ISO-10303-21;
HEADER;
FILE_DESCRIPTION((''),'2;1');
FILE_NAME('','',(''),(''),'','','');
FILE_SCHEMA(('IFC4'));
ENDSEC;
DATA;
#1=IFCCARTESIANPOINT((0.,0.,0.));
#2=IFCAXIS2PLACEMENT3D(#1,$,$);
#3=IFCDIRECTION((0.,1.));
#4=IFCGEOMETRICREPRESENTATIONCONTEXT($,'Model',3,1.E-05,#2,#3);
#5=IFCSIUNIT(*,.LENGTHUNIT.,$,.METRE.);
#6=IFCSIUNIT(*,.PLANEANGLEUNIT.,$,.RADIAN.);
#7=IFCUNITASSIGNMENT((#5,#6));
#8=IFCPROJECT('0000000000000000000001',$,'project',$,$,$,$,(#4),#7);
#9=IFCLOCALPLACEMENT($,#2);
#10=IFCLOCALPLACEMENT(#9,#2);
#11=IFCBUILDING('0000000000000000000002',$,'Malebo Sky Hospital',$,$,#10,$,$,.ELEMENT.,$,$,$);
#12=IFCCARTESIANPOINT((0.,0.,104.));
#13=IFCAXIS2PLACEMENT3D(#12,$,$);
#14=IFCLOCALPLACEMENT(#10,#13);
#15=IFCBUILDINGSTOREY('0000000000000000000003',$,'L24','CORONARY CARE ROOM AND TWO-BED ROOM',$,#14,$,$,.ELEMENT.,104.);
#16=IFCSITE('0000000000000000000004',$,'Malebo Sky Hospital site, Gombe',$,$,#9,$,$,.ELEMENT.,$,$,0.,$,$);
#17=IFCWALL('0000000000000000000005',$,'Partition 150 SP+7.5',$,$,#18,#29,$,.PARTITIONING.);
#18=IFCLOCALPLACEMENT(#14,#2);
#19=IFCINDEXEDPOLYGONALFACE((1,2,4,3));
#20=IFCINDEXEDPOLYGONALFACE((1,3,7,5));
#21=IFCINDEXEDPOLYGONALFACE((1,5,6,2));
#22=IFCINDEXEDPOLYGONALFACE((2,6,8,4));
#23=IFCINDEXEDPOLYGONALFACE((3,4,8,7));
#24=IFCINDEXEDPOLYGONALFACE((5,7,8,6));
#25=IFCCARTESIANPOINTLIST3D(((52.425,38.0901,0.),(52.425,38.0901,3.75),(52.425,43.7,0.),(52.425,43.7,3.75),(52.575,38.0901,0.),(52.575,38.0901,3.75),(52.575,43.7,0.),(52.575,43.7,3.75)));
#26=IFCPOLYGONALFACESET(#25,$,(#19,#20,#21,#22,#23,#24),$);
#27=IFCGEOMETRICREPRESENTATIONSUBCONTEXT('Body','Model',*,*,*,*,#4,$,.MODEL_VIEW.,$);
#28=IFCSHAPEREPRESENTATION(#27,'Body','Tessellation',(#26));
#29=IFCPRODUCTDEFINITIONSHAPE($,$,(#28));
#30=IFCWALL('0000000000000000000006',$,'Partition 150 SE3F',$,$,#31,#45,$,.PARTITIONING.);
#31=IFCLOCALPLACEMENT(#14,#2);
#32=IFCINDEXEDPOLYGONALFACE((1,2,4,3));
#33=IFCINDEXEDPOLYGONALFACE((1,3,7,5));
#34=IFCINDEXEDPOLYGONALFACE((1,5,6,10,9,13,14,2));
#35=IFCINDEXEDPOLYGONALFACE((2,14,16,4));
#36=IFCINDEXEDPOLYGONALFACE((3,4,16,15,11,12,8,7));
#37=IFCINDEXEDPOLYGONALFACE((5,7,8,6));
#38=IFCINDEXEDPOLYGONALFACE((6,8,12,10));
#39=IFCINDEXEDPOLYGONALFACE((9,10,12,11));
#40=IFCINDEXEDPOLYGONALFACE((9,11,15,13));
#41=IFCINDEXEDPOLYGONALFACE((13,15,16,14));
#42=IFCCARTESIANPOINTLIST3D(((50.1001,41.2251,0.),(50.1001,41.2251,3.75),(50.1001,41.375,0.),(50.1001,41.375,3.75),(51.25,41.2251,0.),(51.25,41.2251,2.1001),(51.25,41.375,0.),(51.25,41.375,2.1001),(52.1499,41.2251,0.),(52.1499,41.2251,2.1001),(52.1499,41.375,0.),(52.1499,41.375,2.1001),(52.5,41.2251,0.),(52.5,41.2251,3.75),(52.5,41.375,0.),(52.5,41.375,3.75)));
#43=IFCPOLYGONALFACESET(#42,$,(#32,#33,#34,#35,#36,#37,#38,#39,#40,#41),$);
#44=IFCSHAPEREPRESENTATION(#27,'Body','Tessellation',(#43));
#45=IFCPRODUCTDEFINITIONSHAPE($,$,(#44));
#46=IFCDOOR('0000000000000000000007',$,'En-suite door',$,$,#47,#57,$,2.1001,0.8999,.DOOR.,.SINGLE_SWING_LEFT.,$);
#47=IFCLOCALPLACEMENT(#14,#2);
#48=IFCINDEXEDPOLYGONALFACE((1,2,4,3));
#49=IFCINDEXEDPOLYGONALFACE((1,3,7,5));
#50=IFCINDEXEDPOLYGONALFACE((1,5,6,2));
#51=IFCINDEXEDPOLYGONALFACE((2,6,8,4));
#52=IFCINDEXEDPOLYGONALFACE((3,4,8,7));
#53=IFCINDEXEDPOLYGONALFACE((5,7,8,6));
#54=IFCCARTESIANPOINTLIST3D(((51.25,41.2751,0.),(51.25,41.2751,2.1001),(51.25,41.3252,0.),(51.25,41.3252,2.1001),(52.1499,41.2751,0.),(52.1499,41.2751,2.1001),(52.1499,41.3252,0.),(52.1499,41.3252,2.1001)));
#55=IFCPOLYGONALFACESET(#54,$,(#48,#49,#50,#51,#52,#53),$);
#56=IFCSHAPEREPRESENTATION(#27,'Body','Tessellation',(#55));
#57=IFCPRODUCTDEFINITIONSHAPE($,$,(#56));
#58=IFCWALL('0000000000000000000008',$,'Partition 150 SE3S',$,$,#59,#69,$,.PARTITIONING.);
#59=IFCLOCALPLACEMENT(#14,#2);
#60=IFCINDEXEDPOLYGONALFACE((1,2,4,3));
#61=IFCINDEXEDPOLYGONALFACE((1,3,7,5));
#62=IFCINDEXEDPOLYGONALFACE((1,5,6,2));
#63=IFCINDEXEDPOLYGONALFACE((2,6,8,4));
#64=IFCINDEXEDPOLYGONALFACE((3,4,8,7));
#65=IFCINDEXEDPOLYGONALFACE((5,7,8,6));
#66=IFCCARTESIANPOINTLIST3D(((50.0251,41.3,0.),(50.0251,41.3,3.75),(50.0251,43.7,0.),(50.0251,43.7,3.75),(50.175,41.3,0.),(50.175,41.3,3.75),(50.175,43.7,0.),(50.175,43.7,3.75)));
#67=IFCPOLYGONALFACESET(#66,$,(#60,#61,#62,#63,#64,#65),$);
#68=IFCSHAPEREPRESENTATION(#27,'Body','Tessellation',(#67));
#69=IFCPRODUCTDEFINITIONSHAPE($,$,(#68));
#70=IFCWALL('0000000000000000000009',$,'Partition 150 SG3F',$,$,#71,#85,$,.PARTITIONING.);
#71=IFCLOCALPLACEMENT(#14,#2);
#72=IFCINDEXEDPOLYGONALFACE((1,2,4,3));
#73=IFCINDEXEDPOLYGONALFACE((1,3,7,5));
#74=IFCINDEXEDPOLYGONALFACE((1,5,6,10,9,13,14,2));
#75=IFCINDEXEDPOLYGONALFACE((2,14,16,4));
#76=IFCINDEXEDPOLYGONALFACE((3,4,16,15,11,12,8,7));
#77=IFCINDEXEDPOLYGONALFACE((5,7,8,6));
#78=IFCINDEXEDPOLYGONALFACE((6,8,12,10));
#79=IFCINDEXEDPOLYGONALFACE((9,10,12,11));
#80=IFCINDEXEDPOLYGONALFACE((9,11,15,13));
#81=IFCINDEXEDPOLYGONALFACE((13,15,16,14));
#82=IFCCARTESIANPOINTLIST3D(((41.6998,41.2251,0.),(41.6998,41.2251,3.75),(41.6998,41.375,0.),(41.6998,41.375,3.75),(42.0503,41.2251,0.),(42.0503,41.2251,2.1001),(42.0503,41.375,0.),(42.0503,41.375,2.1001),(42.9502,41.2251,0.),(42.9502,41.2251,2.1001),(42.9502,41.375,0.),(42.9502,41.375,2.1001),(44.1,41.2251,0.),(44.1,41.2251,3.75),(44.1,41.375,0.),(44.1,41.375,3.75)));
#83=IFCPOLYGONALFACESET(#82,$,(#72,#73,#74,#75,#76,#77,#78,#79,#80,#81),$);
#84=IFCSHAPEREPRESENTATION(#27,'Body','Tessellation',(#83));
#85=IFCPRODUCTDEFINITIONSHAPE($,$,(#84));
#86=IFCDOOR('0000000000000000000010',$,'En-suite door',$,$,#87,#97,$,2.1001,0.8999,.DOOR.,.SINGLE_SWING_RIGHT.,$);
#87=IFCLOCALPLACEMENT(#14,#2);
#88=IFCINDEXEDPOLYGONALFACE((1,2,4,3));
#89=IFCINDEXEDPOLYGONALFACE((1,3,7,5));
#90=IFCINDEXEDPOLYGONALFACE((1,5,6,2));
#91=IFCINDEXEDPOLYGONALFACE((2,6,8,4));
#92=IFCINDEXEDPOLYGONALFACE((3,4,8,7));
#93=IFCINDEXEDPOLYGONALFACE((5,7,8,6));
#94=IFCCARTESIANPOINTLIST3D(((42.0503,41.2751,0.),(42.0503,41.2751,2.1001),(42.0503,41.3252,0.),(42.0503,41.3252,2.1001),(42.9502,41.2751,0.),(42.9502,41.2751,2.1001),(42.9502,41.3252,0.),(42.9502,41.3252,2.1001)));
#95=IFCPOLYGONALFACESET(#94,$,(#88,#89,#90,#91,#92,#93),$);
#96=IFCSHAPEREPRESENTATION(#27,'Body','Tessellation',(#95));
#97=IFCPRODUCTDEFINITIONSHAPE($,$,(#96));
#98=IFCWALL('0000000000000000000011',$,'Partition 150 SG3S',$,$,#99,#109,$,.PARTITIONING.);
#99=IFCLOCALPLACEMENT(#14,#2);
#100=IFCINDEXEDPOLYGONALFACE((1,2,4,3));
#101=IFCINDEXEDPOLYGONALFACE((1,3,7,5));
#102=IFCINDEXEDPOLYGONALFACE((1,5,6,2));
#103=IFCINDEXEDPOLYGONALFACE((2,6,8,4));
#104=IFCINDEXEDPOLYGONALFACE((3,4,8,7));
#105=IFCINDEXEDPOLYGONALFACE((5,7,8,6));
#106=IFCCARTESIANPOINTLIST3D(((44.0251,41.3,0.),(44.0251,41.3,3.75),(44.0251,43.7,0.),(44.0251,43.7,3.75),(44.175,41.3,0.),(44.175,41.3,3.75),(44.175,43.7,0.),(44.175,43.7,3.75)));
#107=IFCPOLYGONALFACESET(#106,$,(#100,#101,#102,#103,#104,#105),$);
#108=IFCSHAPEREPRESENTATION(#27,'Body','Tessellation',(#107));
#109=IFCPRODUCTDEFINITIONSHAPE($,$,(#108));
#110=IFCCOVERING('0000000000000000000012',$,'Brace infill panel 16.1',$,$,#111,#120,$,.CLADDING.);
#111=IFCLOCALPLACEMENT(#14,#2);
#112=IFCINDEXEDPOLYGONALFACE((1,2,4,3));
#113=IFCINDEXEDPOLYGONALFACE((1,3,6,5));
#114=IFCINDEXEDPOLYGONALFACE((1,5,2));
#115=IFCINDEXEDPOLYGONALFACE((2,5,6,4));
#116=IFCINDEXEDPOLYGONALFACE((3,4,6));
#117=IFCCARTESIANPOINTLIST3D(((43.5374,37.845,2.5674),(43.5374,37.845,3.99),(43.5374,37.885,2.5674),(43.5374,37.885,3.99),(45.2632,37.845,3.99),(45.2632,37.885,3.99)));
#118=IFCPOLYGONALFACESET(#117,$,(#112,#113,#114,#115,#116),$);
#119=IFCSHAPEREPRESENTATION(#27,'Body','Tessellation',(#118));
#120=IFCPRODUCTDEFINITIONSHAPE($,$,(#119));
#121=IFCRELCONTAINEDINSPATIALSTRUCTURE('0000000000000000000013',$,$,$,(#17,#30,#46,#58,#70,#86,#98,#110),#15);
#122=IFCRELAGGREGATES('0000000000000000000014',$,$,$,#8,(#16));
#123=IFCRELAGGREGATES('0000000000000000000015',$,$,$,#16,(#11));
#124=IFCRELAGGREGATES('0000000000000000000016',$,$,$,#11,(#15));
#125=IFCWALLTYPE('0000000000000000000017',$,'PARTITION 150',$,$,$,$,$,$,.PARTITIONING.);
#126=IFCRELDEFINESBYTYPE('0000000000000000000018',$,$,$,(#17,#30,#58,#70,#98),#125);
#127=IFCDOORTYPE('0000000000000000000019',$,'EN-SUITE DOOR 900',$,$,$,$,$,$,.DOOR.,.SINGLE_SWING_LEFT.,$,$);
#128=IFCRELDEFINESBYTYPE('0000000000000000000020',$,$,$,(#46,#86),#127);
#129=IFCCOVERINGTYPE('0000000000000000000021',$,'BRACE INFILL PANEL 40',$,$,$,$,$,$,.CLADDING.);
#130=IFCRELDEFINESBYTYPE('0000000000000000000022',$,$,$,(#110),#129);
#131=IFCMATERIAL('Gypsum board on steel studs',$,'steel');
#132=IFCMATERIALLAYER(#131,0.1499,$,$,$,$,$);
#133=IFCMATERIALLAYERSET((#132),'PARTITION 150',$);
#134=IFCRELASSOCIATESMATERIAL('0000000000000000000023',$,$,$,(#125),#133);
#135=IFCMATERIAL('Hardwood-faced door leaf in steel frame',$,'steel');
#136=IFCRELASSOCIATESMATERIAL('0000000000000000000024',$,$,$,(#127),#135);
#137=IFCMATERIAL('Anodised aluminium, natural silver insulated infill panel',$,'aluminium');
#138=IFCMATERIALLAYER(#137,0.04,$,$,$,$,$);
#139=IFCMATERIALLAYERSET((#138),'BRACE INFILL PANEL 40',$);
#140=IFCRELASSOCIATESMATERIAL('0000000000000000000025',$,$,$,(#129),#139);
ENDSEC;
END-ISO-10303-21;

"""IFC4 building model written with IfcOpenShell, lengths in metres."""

from ifc_helpers import new_model, si_unit, direction, frame, frame_2d, origin, place, context, subcontext, project, spatial, polyline, rectangle, outline, extrude, material, layer, layer_set, type_object, element, fill, save


model = new_model("IFC4")

# Units and contexts
model_context = context("Model", 3, precision=1e-05, world=origin(), true_north=direction((0.0, 1.0)))
body_context = subcontext(model_context, "Body", "Model", "MODEL_VIEW")
ifc_project = project(units=[si_unit("LENGTHUNIT", "METRE"), si_unit("PLANEANGLEUNIT", "RADIAN")], contexts=[model_context])

# Site, building, storey
site_placement = place(None, origin())
site = spatial("IfcSite", under=ifc_project, at=site_placement, Name="Malebo Sky Hospital site, Gombe", CompositionType="ELEMENT", RefElevation=0.0)
building_placement = place(site_placement, origin())
building = spatial("IfcBuilding", under=site, at=building_placement, Name="Malebo Sky Hospital", CompositionType="ELEMENT")
storey_placement = place(building_placement, frame((0.0, 0.0, 104.0)))
storey = spatial("IfcBuildingStorey", under=building, at=storey_placement, Name="L24", Description="CORONARY CARE ROOM AND TWO-BED ROOM", CompositionType="ELEMENT", Elevation=104.0)

# Wall
ifc_material_1 = material(Name="Gypsum board on steel studs", Category="steel")
ifc_layer_1 = layer(ifc_material_1, 0.1499)
ifc_layer_set_1 = layer_set([ifc_layer_1], Name="PARTITION 150")
wall_type = type_object("IfcWallType", Name="PARTITION 150", PredefinedType="PARTITIONING", material=ifc_layer_set_1)
wall_1_placement = place(storey_placement, frame((52.5, 43.7, 0.0), z_axis=(0.0, 0.0, 1.0), x_axis=(0.0, -1.0, 0.0)))
element("IfcWall", 1, at=wall_1_placement, inside=storey, type_object=wall_type, Name="Partition 150 SP+7.5", PredefinedType="PARTITIONING", context=body_context, shape_type="SweptSolid", body=[
    extrude(rectangle(XDim=5.6099, YDim=0.1499, at=frame_2d((2.8049, 0.0))), origin(), (0.0, 0.0, 1.0), 3.75),
])

# Wall, opening, door
wall_2_placement = place(storey_placement, frame((52.5, 41.3, 0.0), z_axis=(0.0, 0.0, 1.0), x_axis=(-1.0, 0.0, 0.0)))
wall_2 = element("IfcWall", 2, at=wall_2_placement, inside=storey, type_object=wall_type, Name="Partition 150 SE3F", PredefinedType="PARTITIONING", context=body_context, shape_type="SweptSolid", body=[
    extrude(rectangle(XDim=2.3999, YDim=0.1499, at=frame_2d((1.2, 0.0))), origin(), (0.0, 0.0, 1.0), 3.75),
])
opening_1_placement = place(wall_2_placement, frame((0.3501, 0.0, 0.0)))
opening_1 = element("IfcOpeningElement", 3, at=opening_1_placement, cuts=wall_2, PredefinedType="OPENING", context=body_context, shape_type="SweptSolid", body=[
    extrude(rectangle(XDim=0.8999, YDim=2.1001, at=frame_2d((0.45, 1.05))), frame((0.0, 0.085, 0.0), z_axis=(0.0, -1.0, 0.0), x_axis=(1.0, 0.0, 0.0)), (0.0, 0.0, 1.0), 0.1699),
])
ifc_material_2 = material(Name="Hardwood-faced door leaf in steel frame", Category="steel")
door_type = type_object("IfcDoorType", Name="EN-SUITE DOOR 900", OperationType="SINGLE_SWING_LEFT", PredefinedType="DOOR", material=ifc_material_2)
door_1_placement = place(opening_1_placement, origin())
door_1 = element("IfcDoor", 4, at=door_1_placement, inside=storey, type_object=door_type, Name="En-suite door", OperationType="SINGLE_SWING_LEFT", OverallHeight=2.1001, OverallWidth=0.8999, PredefinedType="DOOR", context=body_context, shape_type="SweptSolid", body=[
    extrude(rectangle(XDim=0.8999, YDim=2.1001, at=frame_2d((0.45, 1.05))), frame((0.0, 0.0249, 0.0), z_axis=(0.0, -1.0, 0.0), x_axis=(1.0, 0.0, 0.0)), (0.0, 0.0, 1.0), 0.05),
])
fill(opening_1, door_1)

# Wall
wall_3_placement = place(storey_placement, frame((50.1001, 43.7, 0.0), z_axis=(0.0, 0.0, 1.0), x_axis=(0.0, -1.0, 0.0)))
element("IfcWall", 5, at=wall_3_placement, inside=storey, type_object=wall_type, Name="Partition 150 SE3S", PredefinedType="PARTITIONING", context=body_context, shape_type="SweptSolid", body=[
    extrude(rectangle(XDim=2.3999, YDim=0.1499, at=frame_2d((1.2, 0.0))), origin(), (0.0, 0.0, 1.0), 3.75),
])

# Wall, opening, door
wall_4_placement = place(storey_placement, frame((44.1001, 41.3, 0.0), z_axis=(0.0, 0.0, 1.0), x_axis=(-1.0, 0.0, 0.0)))
wall_4 = element("IfcWall", 6, at=wall_4_placement, inside=storey, type_object=wall_type, Name="Partition 150 SG3F", PredefinedType="PARTITIONING", context=body_context, shape_type="SweptSolid", body=[
    extrude(rectangle(XDim=2.4001, YDim=0.1499, at=frame_2d((1.2002, 0.0))), origin(), (0.0, 0.0, 1.0), 3.75),
])
opening_2_placement = place(wall_4_placement, frame((1.1499, 0.0, 0.0)))
opening_2 = element("IfcOpeningElement", 7, at=opening_2_placement, cuts=wall_4, PredefinedType="OPENING", context=body_context, shape_type="SweptSolid", body=[
    extrude(rectangle(XDim=0.8999, YDim=2.1001, at=frame_2d((0.45, 1.05))), frame((0.0, 0.085, 0.0), z_axis=(0.0, -1.0, 0.0), x_axis=(1.0, 0.0, 0.0)), (0.0, 0.0, 1.0), 0.1699),
])
door_2_placement = place(opening_2_placement, origin())
door_2 = element("IfcDoor", 8, at=door_2_placement, inside=storey, type_object=door_type, Name="En-suite door", OperationType="SINGLE_SWING_RIGHT", OverallHeight=2.1001, OverallWidth=0.8999, PredefinedType="DOOR", context=body_context, shape_type="SweptSolid", body=[
    extrude(rectangle(XDim=0.8999, YDim=2.1001, at=frame_2d((0.45, 1.05))), frame((0.0, 0.0249, 0.0), z_axis=(0.0, -1.0, 0.0), x_axis=(1.0, 0.0, 0.0)), (0.0, 0.0, 1.0), 0.05),
])
fill(opening_2, door_2)

# Wall
wall_5_placement = place(storey_placement, frame((44.1001, 43.7, 0.0), z_axis=(0.0, 0.0, 1.0), x_axis=(0.0, -1.0, 0.0)))
element("IfcWall", 9, at=wall_5_placement, inside=storey, type_object=wall_type, Name="Partition 150 SG3S", PredefinedType="PARTITIONING", context=body_context, shape_type="SweptSolid", body=[
    extrude(rectangle(XDim=2.3999, YDim=0.1499, at=frame_2d((1.2, 0.0))), origin(), (0.0, 0.0, 1.0), 3.75),
])

# Covering
ifc_material_3 = material(Name="Anodised aluminium, natural silver insulated infill panel", Category="aluminium")
ifc_layer_2 = layer(ifc_material_3, 0.04)
ifc_layer_set_2 = layer_set([ifc_layer_2], Name="BRACE INFILL PANEL 40")
covering_type = type_object("IfcCoveringType", Name="BRACE INFILL PANEL 40", PredefinedType="CLADDING", material=ifc_layer_set_2)
covering_placement = place(storey_placement, frame((44.4004, 37.865, 2.5674), z_axis=(0.0, 0.0, 1.0), x_axis=(-1.0, 0.0, 0.0)))
element("IfcCovering", 10, at=covering_placement, inside=storey, type_object=covering_type, Name="Brace infill panel 16.1", PredefinedType="CLADDING", context=body_context, shape_type="SweptSolid", body=[
    extrude(outline(polyline([(0.863, 0.0), (0.863, 1.4226), (-0.8628, 1.4226), (0.863, 0.0)])), frame((0.0, 0.02, 0.0), z_axis=(0.0, -1.0, 0.0), x_axis=(1.0, 0.0, 0.0)), (0.0, 0.0, 1.0), 0.04),
])

save(model, "model.ifc")
